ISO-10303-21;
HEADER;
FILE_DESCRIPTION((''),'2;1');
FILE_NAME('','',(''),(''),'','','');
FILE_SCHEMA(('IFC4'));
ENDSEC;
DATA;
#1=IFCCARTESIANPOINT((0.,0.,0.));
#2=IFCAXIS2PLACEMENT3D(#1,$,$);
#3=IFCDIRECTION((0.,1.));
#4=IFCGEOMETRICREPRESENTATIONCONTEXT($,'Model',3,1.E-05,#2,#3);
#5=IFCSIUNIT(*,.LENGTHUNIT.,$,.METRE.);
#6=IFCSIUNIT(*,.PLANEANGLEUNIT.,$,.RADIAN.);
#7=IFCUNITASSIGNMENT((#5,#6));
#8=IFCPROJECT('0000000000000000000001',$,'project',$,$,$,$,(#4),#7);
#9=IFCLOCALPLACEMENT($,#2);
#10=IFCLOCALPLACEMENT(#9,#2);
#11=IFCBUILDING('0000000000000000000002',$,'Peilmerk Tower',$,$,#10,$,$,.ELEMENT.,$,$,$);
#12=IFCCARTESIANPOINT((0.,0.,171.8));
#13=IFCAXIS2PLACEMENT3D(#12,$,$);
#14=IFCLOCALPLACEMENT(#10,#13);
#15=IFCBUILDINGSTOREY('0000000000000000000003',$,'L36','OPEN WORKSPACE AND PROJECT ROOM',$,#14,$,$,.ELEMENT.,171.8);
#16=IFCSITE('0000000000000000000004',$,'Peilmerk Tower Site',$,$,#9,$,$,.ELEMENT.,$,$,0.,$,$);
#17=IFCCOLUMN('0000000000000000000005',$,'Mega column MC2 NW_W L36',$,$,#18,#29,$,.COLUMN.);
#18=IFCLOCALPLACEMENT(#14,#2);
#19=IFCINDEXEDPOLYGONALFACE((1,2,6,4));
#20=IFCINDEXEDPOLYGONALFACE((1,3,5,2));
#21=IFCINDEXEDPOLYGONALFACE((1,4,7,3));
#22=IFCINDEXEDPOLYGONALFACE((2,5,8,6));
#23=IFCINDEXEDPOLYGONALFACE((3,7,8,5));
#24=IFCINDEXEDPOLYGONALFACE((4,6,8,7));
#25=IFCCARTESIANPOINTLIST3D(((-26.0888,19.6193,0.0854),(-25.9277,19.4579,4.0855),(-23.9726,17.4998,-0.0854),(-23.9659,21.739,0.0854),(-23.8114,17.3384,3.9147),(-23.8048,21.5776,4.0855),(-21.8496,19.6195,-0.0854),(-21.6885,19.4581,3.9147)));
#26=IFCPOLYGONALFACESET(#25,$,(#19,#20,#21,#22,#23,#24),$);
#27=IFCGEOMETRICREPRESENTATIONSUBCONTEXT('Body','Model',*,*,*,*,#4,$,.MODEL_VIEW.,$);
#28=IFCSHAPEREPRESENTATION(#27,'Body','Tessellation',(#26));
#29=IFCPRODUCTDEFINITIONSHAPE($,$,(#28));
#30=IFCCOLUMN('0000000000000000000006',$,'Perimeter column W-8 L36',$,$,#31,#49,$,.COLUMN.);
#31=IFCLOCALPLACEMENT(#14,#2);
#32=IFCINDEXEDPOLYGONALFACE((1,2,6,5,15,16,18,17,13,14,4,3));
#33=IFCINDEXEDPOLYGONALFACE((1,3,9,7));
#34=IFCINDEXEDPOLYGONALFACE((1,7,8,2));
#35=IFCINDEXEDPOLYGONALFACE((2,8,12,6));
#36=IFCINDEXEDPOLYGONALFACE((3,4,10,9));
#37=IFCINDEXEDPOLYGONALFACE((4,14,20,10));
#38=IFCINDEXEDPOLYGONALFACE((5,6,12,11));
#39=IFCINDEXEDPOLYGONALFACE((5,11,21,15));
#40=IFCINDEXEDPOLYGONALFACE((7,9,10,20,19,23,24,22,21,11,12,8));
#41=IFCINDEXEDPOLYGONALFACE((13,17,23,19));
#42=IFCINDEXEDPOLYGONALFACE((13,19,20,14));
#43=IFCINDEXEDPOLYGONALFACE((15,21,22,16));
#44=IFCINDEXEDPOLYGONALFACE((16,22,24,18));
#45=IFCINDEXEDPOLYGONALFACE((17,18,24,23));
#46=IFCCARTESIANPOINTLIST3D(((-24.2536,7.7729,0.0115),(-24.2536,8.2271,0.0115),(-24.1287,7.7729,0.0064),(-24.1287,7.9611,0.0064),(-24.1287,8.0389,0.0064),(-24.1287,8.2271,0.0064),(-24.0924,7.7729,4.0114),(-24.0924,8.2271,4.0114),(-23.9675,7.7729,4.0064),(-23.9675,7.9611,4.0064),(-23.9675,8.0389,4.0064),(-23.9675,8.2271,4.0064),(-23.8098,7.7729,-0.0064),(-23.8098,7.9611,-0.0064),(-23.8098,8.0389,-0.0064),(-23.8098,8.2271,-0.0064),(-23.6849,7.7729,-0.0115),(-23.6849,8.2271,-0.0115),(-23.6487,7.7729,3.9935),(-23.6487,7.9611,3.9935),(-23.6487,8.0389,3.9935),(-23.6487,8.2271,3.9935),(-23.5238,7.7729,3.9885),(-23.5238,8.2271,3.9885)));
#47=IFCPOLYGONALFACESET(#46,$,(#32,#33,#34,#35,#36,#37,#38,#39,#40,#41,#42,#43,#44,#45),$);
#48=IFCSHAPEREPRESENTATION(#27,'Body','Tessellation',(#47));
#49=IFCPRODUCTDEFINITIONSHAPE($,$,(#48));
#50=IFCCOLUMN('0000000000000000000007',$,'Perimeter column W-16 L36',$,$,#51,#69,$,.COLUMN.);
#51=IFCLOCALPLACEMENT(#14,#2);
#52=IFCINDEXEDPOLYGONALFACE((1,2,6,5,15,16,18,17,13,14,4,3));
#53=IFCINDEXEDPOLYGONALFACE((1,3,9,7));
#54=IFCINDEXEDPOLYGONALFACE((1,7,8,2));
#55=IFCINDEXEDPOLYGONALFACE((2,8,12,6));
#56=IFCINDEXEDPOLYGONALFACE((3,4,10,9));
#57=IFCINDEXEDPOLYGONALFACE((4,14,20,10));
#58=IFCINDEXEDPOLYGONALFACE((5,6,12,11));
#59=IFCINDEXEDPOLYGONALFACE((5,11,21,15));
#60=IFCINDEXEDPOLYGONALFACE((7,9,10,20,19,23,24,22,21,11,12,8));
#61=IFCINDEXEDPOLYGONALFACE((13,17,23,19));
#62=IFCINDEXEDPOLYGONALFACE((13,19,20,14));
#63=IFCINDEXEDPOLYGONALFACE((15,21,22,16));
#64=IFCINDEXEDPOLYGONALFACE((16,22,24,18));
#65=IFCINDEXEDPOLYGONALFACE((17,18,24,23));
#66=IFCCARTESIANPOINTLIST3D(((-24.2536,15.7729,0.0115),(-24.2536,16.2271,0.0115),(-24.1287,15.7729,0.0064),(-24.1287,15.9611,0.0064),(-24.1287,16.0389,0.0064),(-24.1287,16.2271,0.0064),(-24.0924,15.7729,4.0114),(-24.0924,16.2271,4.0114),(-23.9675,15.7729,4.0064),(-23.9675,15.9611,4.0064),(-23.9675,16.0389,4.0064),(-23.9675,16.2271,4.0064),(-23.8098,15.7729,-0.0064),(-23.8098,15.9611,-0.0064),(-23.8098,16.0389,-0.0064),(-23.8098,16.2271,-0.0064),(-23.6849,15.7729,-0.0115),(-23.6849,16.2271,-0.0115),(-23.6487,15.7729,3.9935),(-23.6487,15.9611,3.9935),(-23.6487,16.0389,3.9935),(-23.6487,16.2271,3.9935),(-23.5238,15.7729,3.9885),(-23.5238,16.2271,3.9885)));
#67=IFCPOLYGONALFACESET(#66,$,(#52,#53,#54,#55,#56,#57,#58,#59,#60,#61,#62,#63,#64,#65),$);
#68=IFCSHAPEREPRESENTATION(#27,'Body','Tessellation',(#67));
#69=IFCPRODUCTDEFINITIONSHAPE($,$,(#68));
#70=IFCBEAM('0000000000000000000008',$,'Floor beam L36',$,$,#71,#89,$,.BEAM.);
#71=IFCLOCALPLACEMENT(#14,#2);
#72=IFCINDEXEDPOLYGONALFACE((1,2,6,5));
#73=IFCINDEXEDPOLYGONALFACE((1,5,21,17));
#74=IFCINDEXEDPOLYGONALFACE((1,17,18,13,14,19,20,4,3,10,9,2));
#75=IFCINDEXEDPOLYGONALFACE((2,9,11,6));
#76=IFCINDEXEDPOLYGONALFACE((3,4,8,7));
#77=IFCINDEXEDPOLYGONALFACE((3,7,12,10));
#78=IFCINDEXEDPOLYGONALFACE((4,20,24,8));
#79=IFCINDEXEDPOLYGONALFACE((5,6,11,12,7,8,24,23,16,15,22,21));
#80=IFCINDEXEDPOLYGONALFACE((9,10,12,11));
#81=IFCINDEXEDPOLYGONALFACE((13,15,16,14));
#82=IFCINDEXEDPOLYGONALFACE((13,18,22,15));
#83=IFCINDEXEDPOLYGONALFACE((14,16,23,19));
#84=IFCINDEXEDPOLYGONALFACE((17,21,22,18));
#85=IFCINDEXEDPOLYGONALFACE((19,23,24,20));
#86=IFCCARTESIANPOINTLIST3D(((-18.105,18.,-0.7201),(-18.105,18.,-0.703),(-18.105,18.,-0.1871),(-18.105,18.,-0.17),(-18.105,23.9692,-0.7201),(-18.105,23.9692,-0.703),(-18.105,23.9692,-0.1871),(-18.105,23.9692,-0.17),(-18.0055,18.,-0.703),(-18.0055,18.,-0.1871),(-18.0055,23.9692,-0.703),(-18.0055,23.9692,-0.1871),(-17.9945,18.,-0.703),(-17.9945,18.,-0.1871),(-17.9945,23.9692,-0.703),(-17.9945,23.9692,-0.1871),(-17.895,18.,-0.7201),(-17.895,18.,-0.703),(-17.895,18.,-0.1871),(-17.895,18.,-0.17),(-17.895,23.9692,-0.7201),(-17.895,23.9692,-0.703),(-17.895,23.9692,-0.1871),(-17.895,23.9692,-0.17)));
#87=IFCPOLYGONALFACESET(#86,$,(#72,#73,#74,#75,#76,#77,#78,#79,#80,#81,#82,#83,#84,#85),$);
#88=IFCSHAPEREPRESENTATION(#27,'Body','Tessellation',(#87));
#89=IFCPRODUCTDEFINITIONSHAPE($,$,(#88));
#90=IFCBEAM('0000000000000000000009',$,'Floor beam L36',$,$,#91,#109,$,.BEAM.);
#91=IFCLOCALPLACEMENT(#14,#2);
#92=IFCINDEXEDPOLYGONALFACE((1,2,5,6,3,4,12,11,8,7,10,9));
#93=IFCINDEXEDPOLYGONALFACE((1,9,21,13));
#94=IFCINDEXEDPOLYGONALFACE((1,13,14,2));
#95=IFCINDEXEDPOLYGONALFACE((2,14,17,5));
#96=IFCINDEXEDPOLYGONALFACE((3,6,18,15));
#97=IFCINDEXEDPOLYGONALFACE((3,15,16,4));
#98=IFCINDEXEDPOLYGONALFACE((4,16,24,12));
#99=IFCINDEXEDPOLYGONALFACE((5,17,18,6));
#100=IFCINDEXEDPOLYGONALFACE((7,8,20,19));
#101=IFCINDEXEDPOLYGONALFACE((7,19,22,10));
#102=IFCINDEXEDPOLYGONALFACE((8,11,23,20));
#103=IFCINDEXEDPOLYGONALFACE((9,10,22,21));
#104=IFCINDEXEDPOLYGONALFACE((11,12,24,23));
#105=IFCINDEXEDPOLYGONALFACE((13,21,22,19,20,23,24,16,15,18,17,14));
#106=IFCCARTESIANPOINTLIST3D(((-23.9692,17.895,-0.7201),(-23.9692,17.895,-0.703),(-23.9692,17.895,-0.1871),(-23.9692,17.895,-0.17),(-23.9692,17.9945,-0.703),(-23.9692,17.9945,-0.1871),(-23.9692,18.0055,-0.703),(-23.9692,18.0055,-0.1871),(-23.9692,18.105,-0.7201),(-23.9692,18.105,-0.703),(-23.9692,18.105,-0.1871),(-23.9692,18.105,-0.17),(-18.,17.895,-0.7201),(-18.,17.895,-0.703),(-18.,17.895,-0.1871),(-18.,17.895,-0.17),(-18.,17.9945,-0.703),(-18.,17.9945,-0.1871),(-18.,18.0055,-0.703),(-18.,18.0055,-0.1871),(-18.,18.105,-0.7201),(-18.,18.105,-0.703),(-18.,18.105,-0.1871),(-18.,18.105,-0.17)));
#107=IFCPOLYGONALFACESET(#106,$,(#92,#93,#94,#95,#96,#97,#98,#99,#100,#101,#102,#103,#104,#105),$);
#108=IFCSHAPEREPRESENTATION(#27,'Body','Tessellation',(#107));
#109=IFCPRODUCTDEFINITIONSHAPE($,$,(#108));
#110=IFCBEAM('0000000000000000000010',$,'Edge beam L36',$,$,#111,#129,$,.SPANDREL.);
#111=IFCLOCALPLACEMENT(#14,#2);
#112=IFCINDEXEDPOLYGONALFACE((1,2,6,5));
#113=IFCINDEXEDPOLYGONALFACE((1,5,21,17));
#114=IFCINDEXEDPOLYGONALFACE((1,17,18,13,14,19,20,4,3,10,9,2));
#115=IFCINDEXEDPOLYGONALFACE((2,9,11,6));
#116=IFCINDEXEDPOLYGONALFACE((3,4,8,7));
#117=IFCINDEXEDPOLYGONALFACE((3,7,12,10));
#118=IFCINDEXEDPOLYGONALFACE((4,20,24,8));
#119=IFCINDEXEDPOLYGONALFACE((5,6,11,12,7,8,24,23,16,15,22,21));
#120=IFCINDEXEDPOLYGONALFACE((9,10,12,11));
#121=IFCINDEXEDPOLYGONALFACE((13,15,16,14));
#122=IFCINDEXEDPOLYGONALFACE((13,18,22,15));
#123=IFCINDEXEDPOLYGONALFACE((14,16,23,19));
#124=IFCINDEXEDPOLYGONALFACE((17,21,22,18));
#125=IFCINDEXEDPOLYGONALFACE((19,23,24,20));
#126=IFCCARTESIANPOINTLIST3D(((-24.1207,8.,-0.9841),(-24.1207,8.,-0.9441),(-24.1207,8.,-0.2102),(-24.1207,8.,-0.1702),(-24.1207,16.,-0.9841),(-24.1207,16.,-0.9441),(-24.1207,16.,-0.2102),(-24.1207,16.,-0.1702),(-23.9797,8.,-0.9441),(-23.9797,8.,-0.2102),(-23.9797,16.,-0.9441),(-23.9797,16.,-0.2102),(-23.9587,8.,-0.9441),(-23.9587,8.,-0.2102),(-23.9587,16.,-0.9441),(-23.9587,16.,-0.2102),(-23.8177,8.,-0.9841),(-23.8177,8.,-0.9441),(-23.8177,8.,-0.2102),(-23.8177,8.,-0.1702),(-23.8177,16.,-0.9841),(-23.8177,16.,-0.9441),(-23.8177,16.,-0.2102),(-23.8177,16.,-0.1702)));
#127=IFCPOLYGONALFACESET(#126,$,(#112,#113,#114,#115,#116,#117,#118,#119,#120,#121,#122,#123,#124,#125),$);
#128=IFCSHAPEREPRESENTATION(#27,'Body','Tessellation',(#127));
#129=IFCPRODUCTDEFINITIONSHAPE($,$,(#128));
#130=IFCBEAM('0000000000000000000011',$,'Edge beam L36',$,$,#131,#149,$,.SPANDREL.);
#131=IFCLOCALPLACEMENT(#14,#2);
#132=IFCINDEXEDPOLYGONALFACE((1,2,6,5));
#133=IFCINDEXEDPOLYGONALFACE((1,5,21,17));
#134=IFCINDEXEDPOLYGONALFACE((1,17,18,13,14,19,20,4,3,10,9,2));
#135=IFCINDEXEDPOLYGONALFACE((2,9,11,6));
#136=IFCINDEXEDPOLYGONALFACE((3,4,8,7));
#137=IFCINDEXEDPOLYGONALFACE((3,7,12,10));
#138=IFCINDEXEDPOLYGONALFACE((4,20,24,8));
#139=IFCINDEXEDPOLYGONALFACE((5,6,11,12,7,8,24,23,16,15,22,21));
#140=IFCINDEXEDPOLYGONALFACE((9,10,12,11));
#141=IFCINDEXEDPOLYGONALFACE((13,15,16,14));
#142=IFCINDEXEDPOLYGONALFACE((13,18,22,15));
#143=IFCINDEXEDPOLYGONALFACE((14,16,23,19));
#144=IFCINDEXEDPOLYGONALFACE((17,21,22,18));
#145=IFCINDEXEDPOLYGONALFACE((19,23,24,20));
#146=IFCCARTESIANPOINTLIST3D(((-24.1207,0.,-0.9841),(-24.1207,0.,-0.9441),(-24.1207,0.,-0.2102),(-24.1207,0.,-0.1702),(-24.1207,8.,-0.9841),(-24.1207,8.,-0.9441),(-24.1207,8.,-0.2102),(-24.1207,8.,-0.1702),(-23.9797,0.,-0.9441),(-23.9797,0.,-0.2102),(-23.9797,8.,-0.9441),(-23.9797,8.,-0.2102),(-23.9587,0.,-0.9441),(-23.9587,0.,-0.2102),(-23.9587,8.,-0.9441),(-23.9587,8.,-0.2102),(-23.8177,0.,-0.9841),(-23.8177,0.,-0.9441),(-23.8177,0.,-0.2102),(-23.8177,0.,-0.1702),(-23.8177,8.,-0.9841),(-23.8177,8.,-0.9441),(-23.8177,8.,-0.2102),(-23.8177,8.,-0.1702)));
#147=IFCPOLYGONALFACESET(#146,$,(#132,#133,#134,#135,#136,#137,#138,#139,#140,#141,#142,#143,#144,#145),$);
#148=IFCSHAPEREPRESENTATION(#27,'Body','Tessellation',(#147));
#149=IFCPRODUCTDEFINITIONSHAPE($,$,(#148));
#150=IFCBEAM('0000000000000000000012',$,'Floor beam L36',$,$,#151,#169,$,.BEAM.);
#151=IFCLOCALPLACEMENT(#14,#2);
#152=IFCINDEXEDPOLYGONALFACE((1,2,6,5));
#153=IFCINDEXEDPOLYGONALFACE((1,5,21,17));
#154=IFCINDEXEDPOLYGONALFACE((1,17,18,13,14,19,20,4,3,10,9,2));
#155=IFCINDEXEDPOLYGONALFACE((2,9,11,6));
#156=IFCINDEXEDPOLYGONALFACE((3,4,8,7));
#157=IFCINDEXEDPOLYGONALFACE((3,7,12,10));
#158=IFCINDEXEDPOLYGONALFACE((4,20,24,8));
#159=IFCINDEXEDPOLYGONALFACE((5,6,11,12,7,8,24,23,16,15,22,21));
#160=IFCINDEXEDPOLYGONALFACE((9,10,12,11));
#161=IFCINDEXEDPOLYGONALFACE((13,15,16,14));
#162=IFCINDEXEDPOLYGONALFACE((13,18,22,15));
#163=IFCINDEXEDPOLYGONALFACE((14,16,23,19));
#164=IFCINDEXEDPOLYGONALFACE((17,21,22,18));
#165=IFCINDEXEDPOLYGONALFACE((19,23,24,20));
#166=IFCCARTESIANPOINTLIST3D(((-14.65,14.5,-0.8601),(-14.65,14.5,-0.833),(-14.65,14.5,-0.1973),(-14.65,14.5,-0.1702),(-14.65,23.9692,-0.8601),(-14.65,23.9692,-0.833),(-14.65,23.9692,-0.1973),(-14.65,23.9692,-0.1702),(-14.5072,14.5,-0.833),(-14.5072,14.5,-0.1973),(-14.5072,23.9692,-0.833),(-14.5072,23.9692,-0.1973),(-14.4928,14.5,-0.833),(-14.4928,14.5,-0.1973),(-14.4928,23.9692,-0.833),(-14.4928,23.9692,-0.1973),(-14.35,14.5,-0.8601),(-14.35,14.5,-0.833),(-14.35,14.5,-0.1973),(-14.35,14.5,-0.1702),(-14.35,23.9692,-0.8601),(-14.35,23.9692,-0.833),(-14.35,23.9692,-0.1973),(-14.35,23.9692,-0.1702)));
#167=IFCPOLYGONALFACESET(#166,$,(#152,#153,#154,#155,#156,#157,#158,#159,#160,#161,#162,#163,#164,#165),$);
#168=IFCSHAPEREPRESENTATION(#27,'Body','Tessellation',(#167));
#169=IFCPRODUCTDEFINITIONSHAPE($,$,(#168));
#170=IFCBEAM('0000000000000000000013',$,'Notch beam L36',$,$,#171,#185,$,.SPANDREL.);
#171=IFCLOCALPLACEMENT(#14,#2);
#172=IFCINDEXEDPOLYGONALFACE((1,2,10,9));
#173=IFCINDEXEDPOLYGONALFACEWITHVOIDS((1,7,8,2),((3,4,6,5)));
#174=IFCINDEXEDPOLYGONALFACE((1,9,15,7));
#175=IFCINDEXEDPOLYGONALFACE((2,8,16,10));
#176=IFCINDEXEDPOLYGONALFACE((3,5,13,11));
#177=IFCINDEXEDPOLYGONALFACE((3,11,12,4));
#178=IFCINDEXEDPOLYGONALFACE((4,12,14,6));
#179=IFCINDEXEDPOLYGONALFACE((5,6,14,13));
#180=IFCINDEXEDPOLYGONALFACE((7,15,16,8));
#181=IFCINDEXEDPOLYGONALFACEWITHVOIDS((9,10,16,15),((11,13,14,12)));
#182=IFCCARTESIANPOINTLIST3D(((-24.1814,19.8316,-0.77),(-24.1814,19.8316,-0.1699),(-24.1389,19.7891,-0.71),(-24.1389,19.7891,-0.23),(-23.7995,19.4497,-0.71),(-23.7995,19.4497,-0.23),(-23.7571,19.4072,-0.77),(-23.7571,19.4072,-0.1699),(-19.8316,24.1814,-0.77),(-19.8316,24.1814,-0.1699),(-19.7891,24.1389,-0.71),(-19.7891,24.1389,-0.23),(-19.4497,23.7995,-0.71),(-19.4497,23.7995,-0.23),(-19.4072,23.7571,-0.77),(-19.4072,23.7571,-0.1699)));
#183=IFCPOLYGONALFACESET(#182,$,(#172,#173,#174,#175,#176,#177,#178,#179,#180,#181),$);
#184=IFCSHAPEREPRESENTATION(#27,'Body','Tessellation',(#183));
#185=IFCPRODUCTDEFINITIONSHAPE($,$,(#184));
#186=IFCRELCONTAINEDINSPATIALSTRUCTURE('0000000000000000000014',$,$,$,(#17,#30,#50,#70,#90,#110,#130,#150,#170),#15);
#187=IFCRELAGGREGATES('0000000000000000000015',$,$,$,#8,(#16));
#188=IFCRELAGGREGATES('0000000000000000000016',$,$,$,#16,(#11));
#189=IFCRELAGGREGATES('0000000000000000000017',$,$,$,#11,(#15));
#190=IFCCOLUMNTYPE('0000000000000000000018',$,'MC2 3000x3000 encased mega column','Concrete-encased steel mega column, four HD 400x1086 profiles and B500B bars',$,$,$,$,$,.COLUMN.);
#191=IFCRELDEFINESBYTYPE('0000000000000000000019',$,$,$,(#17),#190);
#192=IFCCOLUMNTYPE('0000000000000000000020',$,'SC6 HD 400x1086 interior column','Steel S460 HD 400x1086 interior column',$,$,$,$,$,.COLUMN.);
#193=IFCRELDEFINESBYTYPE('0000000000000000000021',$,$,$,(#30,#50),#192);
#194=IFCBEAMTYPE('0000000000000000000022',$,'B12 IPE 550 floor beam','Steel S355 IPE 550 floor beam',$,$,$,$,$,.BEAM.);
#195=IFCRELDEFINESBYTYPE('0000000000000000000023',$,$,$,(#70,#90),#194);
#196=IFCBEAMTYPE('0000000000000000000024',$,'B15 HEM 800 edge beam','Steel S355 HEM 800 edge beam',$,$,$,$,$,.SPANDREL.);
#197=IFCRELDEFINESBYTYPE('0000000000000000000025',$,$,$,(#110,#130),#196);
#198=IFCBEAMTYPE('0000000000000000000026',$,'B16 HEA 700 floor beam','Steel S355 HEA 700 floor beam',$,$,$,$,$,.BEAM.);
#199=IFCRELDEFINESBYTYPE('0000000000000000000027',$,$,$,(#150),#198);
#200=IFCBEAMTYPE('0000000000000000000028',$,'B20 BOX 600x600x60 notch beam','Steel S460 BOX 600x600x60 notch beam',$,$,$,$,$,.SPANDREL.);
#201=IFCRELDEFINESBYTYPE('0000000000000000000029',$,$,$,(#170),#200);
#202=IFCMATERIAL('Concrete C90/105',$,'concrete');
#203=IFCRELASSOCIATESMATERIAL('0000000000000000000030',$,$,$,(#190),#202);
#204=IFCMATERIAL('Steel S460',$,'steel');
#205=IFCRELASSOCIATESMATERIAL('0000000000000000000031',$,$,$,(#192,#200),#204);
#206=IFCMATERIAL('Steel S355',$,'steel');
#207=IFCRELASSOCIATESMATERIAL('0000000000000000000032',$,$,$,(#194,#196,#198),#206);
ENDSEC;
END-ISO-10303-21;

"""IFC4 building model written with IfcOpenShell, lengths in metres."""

from ifc_helpers import new_model, si_unit, direction, frame, origin, origin_2d, place, context, subcontext, project, spatial, rectangle, hollow_rectangle, i_section, extrude, material, material_profile, profile_set, type_object, element, save


model = new_model("IFC4")

# Units and contexts
model_context = context("Model", 3, precision=1e-05, world=origin(), true_north=direction((0.0, 1.0)))
body_context = subcontext(model_context, "Body", "Model", "MODEL_VIEW")
ifc_project = project(units=[si_unit("LENGTHUNIT", "METRE"), si_unit("PLANEANGLEUNIT", "RADIAN")], contexts=[model_context])

# Site, building, storey
site_placement = place(None, origin())
site = spatial("IfcSite", under=ifc_project, at=site_placement, Name="Peilmerk Tower Site", CompositionType="ELEMENT", RefElevation=0.0)
building_placement = place(site_placement, origin())
building = spatial("IfcBuilding", under=site, at=building_placement, Name="Peilmerk Tower", CompositionType="ELEMENT")
storey_placement = place(building_placement, frame((0.0, 0.0, 171.8)))
storey = spatial("IfcBuildingStorey", under=building, at=storey_placement, Name="L36", Description="OPEN WORKSPACE AND PROJECT ROOM", CompositionType="ELEMENT", Elevation=171.8)

# Columns
ifc_material_1 = material(Name="Concrete C90/105", Category="concrete")
ifc_material_profile_1 = material_profile(ifc_material_1, rectangle(XDim=3.0, YDim=3.0, at=origin_2d()), Name="RC 3000x3000")
ifc_profile_set_1 = profile_set([ifc_material_profile_1], Name="Concrete C90/105")
column_type_1 = type_object("IfcColumnType", Name="MC2 3000x3000 encased mega column", Description="Concrete-encased steel mega column, four HD 400x1086 profiles and B500B bars", PredefinedType="COLUMN", material=ifc_profile_set_1)
column_placement = place(storey_placement, frame((-23.9692, 19.6194, 0.0), z_axis=(0.040218, -0.040279, 0.998379), x_axis=(0.707642, 0.706571, 0.0)))
element("IfcColumn", 1, at=column_placement, inside=storey, type_object=column_type_1, Name="Mega column MC2 NW_W L36", PredefinedType="COLUMN", context=body_context, shape_type="SweptSolid", body=[
    extrude(rectangle(XDim=3.0, YDim=3.0, at=origin_2d()), origin(), (0.0, 0.0, 1.0), 4.0066),
])
ifc_material_2 = material(Name="Steel S460", Category="steel")
ifc_material_profile_2 = material_profile(ifc_material_2, i_section(OverallWidth=0.4541, OverallDepth=0.5691, WebThickness=0.0779, FlangeThickness=0.125, at=origin_2d()), Name="HD 400x1086")
ifc_profile_set_2 = profile_set([ifc_material_profile_2], Name="Steel S460")
column_type_2 = type_object("IfcColumnType", Name="SC6 HD 400x1086 interior column", Description="Steel S460 HD 400x1086 interior column", PredefinedType="COLUMN", material=ifc_profile_set_2)
for number, where, z_axis, x_axis, name in (
    (2, (-23.9692, 8.0, 0.0), (0.040251, 0.0, 0.99919), (0.0, 1.0, 0.0), "Perimeter column W-8 L36"),
    (3, (-23.9692, 16.0, 0.0), (0.040251, 0.0, 0.99919), (0.0, 1.0, 0.0), "Perimeter column W-16 L36"),
):
    element("IfcColumn", number, at=place(storey_placement, frame(where, z_axis=z_axis, x_axis=x_axis)), inside=storey, type_object=column_type_2, Name=name, PredefinedType="COLUMN", context=body_context, shape_type="SweptSolid", body=[
        extrude(i_section(OverallWidth=0.4541, OverallDepth=0.5691, WebThickness=0.0779, FlangeThickness=0.125, at=origin_2d()), origin(), (0.0, 0.0, 1.0), 4.0032),
    ])

# Beams
ifc_material_3 = material(Name="Steel S355", Category="steel")
ifc_material_profile_3 = material_profile(ifc_material_3, i_section(OverallWidth=0.21, OverallDepth=0.55, WebThickness=0.011, FlangeThickness=0.0171, at=origin_2d()), Name="IPE 550")
ifc_profile_set_3 = profile_set([ifc_material_profile_3], Name="Steel S355")
beam_type_1 = type_object("IfcBeamType", Name="B12 IPE 550 floor beam", Description="Steel S355 IPE 550 floor beam", PredefinedType="BEAM", material=ifc_profile_set_3)
for number, where, z_axis, x_axis, name in (
    (4, (-18.0, 18.0, -0.4451), (0.0, 1.0, 0.0), (-1.0, 0.0, 0.0), "Floor beam L36"),
    (5, (-18.0, 18.0, -0.4451), (-1.0, 0.0, 0.0), (0.0, -1.0, 0.0), "Floor beam L36"),
):
    element("IfcBeam", number, at=place(storey_placement, frame(where, z_axis=z_axis, x_axis=x_axis)), inside=storey, type_object=beam_type_1, Name=name, PredefinedType="BEAM", context=body_context, shape_type="SweptSolid", body=[
        extrude(i_section(OverallWidth=0.21, OverallDepth=0.55, WebThickness=0.011, FlangeThickness=0.0171, at=origin_2d()), origin(), (0.0, 0.0, 1.0), 5.9692),
    ])
ifc_material_profile_4 = material_profile(ifc_material_3, i_section(OverallWidth=0.303, OverallDepth=0.814, WebThickness=0.021, FlangeThickness=0.04, at=origin_2d()), Name="HEM 800")
ifc_profile_set_4 = profile_set([ifc_material_profile_4], Name="Steel S355")
beam_type_2 = type_object("IfcBeamType", Name="B15 HEM 800 edge beam", Description="Steel S355 HEM 800 edge beam", PredefinedType="SPANDREL", material=ifc_profile_set_4)
for number, where, z_axis, x_axis, name in (
    (6, (-23.9692, 16.0, -0.5771), (0.0, -1.0, 0.0), (1.0, 0.0, 0.0), "Edge beam L36"),
    (7, (-23.9692, 8.0, -0.5771), (0.0, -1.0, 0.0), (1.0, 0.0, 0.0), "Edge beam L36"),
):
    element("IfcBeam", number, at=place(storey_placement, frame(where, z_axis=z_axis, x_axis=x_axis)), inside=storey, type_object=beam_type_2, Name=name, PredefinedType="SPANDREL", context=body_context, shape_type="SweptSolid", body=[
        extrude(i_section(OverallWidth=0.303, OverallDepth=0.814, WebThickness=0.021, FlangeThickness=0.04, at=origin_2d()), origin(), (0.0, 0.0, 1.0), 8.0),
    ])
ifc_material_profile_5 = material_profile(ifc_material_3, i_section(OverallWidth=0.3, OverallDepth=0.6899, WebThickness=0.0144, FlangeThickness=0.0271, at=origin_2d()), Name="HEA 700")
ifc_profile_set_5 = profile_set([ifc_material_profile_5], Name="Steel S355")
beam_type_3 = type_object("IfcBeamType", Name="B16 HEA 700 floor beam", Description="Steel S355 HEA 700 floor beam", PredefinedType="BEAM", material=ifc_profile_set_5)
beam_1_placement = place(storey_placement, frame((-14.5, 14.5, -0.5151), z_axis=(0.0, 1.0, 0.0), x_axis=(-1.0, 0.0, 0.0)))
element("IfcBeam", 8, at=beam_1_placement, inside=storey, type_object=beam_type_3, Name="Floor beam L36", PredefinedType="BEAM", context=body_context, shape_type="SweptSolid", body=[
    extrude(i_section(OverallWidth=0.3, OverallDepth=0.6899, WebThickness=0.0144, FlangeThickness=0.0271, at=origin_2d()), origin(), (0.0, 0.0, 1.0), 9.4692),
])
ifc_material_profile_6 = material_profile(ifc_material_2, hollow_rectangle(XDim=0.6001, YDim=0.6001, WallThickness=0.0601, at=origin_2d()), Name="BOX 600x600x60")
ifc_profile_set_6 = profile_set([ifc_material_profile_6], Name="Steel S460")
beam_type_4 = type_object("IfcBeamType", Name="B20 BOX 600x600x60 notch beam", Description="Steel S460 BOX 600x600x60 notch beam", PredefinedType="SPANDREL", material=ifc_profile_set_6)
beam_2_placement = place(storey_placement, frame((-23.9692, 19.6194, -0.47), z_axis=(0.707107, 0.707107, 0.0), x_axis=(-0.707107, 0.707107, 0.0)))
element("IfcBeam", 9, at=beam_2_placement, inside=storey, type_object=beam_type_4, Name="Notch beam L36", PredefinedType="SPANDREL", context=body_context, shape_type="SweptSolid", body=[
    extrude(hollow_rectangle(XDim=0.6001, YDim=0.6001, WallThickness=0.0601, at=origin_2d()), origin(), (0.0, 0.0, 1.0), 6.1516),
])

save(model, "model.ifc")
